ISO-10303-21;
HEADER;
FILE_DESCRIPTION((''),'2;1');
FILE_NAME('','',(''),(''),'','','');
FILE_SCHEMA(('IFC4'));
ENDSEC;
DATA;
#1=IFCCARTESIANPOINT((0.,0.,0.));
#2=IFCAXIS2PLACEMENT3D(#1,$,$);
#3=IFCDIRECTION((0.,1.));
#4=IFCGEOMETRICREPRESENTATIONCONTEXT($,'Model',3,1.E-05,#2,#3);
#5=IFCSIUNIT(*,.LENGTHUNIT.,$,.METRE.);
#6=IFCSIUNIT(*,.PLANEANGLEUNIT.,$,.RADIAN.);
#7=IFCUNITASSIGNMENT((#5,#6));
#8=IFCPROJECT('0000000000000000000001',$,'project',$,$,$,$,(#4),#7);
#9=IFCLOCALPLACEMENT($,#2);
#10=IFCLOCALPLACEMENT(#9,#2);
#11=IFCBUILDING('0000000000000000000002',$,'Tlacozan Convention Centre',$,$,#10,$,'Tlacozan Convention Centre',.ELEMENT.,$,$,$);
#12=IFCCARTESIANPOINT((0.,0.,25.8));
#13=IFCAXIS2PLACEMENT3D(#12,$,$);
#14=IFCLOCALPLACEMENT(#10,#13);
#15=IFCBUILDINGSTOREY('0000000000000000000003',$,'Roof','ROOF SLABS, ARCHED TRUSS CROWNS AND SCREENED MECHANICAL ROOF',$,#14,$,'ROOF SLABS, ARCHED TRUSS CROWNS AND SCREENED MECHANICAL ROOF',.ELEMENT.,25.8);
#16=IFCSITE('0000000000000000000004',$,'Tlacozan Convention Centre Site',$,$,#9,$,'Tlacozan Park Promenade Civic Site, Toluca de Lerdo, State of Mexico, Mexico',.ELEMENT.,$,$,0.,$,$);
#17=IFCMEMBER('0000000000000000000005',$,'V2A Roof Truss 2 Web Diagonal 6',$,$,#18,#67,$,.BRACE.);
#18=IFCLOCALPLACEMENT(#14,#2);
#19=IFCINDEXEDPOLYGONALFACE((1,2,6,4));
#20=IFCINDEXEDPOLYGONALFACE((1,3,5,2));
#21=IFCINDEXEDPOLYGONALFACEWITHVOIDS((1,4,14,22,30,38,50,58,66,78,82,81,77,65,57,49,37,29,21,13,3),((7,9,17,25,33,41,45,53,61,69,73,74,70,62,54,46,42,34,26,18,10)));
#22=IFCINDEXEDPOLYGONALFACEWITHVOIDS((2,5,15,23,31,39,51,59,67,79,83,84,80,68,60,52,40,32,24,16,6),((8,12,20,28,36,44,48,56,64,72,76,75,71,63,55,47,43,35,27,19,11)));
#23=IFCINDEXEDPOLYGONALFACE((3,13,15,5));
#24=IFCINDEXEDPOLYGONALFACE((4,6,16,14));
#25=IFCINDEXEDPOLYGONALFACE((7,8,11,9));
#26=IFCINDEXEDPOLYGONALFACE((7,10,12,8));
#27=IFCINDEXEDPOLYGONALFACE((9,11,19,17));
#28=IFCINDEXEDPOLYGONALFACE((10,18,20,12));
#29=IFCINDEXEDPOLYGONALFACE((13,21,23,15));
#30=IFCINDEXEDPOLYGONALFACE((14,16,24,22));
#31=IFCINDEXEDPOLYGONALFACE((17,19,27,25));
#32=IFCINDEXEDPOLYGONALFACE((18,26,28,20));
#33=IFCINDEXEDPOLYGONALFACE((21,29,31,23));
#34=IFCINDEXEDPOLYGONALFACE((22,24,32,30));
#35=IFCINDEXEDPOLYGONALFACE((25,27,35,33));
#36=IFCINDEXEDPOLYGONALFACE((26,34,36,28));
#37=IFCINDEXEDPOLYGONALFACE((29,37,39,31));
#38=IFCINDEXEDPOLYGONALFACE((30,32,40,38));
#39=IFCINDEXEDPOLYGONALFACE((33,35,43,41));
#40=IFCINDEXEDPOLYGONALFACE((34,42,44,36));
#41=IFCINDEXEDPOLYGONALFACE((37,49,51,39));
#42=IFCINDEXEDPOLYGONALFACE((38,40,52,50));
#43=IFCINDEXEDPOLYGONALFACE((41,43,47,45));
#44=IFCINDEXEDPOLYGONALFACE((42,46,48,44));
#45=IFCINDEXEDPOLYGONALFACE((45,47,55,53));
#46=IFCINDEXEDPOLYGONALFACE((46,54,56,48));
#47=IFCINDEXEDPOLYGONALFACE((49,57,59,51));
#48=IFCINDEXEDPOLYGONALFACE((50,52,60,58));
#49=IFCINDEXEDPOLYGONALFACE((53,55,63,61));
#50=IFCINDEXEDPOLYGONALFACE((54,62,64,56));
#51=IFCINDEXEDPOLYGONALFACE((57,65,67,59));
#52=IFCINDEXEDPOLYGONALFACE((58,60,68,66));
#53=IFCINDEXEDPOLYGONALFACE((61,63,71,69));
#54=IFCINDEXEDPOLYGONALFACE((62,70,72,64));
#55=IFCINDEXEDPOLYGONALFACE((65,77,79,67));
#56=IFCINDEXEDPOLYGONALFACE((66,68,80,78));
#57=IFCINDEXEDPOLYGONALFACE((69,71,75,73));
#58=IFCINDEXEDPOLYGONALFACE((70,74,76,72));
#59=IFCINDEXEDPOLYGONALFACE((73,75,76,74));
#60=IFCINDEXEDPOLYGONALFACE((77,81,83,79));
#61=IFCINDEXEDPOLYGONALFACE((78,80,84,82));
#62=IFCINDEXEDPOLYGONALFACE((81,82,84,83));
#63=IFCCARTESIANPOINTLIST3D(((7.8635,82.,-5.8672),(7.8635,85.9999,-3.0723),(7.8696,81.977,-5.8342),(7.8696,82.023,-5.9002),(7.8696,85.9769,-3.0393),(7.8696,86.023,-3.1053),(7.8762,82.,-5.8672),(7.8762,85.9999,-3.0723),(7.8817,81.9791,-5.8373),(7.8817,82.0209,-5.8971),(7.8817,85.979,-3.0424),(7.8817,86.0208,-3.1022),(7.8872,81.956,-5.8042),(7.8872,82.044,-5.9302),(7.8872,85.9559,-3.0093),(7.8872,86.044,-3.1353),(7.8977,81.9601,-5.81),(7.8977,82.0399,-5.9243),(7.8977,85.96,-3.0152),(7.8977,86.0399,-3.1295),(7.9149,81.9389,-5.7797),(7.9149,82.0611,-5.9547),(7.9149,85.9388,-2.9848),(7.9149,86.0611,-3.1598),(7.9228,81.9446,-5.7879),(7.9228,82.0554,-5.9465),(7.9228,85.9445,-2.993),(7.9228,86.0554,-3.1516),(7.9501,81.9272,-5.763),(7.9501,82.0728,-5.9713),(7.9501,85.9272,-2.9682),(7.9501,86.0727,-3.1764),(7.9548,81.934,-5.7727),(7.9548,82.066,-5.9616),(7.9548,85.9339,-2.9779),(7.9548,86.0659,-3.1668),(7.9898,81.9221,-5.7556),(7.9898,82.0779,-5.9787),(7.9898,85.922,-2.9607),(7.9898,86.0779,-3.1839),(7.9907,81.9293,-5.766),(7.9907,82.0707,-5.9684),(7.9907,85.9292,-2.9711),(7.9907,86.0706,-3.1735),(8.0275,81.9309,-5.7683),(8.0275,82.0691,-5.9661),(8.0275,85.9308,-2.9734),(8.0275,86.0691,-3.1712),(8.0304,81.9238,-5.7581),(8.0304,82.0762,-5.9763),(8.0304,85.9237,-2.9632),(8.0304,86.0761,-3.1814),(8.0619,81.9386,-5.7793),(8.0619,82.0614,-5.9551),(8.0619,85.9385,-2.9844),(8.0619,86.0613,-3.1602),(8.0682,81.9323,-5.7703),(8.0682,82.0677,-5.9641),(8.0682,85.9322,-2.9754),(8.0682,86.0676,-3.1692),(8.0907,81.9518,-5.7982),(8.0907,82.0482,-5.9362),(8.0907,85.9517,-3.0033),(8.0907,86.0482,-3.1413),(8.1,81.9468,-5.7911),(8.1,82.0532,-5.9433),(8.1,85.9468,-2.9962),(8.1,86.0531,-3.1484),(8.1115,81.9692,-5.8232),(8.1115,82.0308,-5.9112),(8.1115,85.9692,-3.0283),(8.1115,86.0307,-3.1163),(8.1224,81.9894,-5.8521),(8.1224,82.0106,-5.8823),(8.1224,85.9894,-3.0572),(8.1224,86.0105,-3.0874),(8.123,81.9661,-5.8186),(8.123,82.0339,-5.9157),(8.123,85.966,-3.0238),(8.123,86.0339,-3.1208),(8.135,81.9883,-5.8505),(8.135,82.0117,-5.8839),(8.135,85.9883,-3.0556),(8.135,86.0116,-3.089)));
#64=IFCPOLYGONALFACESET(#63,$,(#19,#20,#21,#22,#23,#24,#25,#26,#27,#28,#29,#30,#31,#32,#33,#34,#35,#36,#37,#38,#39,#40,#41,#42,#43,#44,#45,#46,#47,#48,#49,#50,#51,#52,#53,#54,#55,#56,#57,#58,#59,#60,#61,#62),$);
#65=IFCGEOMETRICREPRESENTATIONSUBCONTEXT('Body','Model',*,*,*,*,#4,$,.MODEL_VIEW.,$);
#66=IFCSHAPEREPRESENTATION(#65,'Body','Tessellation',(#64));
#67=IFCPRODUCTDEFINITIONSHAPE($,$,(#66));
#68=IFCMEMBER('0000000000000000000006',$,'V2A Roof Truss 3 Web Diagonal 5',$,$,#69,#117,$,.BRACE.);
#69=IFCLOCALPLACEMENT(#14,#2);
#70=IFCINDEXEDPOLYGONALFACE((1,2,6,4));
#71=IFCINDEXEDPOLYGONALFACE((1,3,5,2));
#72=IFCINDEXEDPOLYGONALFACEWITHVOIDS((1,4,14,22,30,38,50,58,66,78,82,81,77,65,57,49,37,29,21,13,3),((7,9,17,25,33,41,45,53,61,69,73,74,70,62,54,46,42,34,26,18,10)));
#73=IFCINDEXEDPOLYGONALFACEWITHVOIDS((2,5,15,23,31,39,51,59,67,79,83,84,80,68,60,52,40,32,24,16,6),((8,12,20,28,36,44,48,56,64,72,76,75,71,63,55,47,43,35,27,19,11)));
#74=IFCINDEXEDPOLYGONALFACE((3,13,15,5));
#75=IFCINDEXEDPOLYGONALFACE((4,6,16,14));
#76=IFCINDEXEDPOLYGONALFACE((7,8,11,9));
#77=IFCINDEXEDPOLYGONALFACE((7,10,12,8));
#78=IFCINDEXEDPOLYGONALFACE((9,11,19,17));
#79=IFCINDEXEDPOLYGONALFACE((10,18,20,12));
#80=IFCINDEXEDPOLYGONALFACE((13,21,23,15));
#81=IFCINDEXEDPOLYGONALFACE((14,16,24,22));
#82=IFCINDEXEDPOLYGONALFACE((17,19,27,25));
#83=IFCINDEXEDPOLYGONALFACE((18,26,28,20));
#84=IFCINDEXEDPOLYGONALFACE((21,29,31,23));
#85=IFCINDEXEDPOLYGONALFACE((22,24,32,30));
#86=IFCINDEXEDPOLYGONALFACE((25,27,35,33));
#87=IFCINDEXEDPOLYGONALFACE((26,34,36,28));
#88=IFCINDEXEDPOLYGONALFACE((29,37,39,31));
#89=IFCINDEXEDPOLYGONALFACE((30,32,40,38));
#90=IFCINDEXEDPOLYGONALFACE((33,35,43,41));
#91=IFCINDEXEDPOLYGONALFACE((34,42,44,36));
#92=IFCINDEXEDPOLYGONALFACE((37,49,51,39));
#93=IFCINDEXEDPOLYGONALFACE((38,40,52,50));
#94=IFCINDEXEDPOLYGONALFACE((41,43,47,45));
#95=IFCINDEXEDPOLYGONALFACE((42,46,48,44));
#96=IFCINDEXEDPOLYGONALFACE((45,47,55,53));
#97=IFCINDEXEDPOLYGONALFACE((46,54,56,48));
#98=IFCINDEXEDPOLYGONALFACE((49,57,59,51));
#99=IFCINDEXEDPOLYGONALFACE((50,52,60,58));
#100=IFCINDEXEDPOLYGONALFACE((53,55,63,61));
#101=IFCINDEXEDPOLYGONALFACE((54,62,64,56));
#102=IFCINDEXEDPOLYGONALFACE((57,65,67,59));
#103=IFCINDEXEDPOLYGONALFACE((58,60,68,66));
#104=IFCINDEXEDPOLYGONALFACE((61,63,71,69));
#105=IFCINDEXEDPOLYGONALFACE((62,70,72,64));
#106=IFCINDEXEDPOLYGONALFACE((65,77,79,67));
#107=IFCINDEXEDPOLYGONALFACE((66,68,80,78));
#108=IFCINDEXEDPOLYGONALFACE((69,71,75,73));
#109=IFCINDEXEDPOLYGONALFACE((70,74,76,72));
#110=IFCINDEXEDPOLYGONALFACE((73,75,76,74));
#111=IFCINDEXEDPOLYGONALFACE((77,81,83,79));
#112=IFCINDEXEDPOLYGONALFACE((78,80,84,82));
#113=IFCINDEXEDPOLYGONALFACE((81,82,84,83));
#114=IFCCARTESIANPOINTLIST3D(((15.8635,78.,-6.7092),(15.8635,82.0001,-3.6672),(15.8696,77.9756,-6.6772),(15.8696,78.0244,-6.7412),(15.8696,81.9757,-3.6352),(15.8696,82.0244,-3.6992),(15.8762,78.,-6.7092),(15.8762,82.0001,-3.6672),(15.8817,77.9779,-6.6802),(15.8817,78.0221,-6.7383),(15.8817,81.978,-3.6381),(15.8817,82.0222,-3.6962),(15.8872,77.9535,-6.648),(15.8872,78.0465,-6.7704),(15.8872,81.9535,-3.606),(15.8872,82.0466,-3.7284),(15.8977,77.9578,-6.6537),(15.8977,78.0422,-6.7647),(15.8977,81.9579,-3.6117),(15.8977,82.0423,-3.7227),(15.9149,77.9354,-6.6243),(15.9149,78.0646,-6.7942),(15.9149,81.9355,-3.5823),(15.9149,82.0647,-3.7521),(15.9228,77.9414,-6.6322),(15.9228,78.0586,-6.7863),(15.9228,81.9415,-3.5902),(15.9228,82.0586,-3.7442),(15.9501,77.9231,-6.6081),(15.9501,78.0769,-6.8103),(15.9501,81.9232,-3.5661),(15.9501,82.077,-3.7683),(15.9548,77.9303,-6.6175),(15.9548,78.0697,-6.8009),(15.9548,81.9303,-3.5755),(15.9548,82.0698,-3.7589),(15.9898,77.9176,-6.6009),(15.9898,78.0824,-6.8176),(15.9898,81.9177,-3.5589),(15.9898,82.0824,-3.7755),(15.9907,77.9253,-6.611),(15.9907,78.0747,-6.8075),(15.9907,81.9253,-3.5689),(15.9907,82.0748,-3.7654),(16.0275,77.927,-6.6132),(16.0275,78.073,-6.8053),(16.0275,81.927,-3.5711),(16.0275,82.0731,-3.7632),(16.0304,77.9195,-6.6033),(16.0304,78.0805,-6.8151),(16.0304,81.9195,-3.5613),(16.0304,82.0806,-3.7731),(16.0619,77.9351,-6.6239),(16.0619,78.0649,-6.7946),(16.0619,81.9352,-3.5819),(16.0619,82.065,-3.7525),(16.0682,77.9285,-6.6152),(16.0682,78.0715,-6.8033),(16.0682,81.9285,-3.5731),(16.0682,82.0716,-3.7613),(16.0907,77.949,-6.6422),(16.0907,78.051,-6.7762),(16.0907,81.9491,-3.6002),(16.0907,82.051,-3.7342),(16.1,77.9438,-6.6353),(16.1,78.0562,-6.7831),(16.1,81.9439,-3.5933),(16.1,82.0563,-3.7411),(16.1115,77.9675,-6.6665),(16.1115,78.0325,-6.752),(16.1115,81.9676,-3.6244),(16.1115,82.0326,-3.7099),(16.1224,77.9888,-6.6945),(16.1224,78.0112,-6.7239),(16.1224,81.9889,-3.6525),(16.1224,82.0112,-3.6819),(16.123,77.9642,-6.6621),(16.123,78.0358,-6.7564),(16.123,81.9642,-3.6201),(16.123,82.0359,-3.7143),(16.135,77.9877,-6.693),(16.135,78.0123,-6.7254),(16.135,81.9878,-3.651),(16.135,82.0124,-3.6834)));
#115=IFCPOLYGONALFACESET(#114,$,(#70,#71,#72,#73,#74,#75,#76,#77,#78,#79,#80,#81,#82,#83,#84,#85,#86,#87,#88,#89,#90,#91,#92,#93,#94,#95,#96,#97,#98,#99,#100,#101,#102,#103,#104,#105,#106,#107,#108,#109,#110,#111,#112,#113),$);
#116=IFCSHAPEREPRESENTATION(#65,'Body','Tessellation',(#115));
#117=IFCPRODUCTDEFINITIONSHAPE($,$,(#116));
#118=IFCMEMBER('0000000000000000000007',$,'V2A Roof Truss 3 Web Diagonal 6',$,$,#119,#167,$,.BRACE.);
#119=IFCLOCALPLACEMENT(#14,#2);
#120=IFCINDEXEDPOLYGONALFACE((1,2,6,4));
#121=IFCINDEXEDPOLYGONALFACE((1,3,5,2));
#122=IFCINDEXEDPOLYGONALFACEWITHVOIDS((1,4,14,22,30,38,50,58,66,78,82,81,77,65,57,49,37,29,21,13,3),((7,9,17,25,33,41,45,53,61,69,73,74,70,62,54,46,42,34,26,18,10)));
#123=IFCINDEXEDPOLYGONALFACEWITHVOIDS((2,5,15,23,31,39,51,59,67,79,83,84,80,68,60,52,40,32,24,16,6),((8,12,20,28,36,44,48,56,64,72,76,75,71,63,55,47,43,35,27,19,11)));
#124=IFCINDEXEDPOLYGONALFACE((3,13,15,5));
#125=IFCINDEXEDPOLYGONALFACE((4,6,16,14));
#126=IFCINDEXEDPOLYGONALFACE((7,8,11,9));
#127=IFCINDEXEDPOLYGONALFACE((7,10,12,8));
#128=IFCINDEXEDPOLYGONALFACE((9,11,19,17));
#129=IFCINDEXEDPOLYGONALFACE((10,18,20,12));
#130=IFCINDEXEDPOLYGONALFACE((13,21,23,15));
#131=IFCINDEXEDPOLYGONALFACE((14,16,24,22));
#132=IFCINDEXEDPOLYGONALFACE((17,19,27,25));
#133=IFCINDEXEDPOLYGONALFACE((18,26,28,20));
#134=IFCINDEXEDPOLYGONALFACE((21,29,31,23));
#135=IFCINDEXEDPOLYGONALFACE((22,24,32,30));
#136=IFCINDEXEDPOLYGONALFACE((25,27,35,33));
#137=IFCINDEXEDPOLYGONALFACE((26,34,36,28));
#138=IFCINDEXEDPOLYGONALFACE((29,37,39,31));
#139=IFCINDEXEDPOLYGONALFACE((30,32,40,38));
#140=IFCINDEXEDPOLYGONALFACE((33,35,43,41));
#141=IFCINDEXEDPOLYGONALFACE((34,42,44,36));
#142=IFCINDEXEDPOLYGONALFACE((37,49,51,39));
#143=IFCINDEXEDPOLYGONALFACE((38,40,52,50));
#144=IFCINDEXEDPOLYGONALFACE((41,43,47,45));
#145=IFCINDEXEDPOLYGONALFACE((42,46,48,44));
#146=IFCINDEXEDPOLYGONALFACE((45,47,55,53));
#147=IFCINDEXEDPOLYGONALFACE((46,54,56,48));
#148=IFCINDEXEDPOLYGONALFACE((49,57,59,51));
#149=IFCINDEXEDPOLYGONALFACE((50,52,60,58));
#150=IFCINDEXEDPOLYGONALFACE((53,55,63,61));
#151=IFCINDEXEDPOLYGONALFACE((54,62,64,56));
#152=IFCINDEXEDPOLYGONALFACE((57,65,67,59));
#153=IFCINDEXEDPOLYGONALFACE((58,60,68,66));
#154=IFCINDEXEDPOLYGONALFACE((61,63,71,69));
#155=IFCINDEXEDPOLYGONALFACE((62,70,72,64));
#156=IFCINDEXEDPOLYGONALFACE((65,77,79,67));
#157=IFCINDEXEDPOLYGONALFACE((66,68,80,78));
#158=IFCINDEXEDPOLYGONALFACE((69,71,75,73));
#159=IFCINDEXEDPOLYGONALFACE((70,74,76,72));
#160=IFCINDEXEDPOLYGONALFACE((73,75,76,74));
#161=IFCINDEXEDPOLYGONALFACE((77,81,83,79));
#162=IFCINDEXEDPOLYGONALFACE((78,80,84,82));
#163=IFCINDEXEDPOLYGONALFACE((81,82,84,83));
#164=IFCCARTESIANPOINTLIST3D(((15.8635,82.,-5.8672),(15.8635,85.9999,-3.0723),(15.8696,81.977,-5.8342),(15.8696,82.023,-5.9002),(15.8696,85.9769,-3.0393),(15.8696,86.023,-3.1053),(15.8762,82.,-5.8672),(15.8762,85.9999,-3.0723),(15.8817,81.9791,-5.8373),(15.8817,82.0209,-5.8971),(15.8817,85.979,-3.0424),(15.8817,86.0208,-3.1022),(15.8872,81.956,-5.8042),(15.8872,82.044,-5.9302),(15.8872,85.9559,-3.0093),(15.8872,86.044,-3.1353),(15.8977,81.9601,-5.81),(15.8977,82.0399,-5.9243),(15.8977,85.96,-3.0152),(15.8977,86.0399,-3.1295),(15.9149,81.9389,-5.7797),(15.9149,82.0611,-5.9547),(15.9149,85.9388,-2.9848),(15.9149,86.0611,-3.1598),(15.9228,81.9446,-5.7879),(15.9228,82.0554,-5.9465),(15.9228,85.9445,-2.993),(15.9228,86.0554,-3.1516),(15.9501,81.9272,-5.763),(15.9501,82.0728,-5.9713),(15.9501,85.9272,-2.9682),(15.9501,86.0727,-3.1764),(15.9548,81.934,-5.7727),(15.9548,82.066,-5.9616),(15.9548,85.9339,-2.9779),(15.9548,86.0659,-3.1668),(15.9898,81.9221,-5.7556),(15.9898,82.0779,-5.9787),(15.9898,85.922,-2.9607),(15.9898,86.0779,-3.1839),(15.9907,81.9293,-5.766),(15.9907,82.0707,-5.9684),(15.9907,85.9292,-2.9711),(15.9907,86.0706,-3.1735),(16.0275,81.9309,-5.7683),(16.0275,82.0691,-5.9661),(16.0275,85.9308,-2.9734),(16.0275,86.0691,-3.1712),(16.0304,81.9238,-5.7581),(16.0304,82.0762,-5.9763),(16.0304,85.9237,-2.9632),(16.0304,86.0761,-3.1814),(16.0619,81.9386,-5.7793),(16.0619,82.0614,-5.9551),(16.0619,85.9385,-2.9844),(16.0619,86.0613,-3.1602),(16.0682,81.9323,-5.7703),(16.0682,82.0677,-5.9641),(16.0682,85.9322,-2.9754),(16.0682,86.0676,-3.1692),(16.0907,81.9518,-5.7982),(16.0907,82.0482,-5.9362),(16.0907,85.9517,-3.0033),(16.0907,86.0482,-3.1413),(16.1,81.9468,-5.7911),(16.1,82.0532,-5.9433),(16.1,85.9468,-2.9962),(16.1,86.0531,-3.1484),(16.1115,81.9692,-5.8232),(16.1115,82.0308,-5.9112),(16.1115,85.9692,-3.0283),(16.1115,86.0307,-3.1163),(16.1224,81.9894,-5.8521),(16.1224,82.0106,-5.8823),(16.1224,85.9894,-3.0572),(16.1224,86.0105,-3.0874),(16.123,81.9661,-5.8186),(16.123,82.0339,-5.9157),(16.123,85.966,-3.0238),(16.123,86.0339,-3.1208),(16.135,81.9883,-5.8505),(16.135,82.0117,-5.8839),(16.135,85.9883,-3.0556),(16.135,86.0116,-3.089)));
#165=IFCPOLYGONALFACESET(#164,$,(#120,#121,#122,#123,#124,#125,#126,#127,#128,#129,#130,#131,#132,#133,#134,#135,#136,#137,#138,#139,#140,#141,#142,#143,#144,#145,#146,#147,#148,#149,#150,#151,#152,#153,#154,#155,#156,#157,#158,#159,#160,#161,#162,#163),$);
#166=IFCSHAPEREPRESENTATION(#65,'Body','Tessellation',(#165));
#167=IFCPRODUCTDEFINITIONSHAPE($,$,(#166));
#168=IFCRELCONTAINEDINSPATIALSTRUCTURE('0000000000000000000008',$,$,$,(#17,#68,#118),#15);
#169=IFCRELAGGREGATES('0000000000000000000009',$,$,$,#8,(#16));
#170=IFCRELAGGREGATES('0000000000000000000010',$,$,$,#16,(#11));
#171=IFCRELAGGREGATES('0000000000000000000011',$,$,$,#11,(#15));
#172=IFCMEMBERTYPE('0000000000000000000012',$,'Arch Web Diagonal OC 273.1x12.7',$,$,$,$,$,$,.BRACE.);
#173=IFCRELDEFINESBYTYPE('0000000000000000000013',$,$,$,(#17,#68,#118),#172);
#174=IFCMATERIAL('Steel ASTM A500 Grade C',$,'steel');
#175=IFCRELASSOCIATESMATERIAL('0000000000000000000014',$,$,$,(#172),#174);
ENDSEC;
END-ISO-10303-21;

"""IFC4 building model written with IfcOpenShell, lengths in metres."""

from ifc_helpers import new_model, si_unit, direction, frame, origin, origin_2d, place, context, subcontext, project, spatial, hollow_circle, extrude, material, material_profile, profile_set, type_object, element, save


model = new_model("IFC4")

# Units and contexts
model_context = context("Model", 3, precision=1e-05, world=origin(), true_north=direction((0.0, 1.0)))
body_context = subcontext(model_context, "Body", "Model", "MODEL_VIEW")
ifc_project = project(units=[si_unit("LENGTHUNIT", "METRE"), si_unit("PLANEANGLEUNIT", "RADIAN")], contexts=[model_context])

# Site, building, storey
site_placement = place(None, origin())
site = spatial("IfcSite", under=ifc_project, at=site_placement, Name="Tlacozan Convention Centre Site", LongName="Tlacozan Park Promenade Civic Site, Toluca de Lerdo, State of Mexico, Mexico", CompositionType="ELEMENT", RefElevation=0.0)
building_placement = place(site_placement, origin())
building = spatial("IfcBuilding", under=site, at=building_placement, Name="Tlacozan Convention Centre", LongName="Tlacozan Convention Centre", CompositionType="ELEMENT")
storey_placement = place(building_placement, frame((0.0, 0.0, 25.8)))
storey = spatial("IfcBuildingStorey", under=building, at=storey_placement, Name="Roof", Description="ROOF SLABS, ARCHED TRUSS CROWNS AND SCREENED MECHANICAL ROOF", LongName="ROOF SLABS, ARCHED TRUSS CROWNS AND SCREENED MECHANICAL ROOF", CompositionType="ELEMENT", Elevation=25.8)

# Members
ifc_material_1 = material(Name="Steel ASTM A500 Grade C", Category="steel")
ifc_material_profile_1 = material_profile(ifc_material_1, hollow_circle(Radius=0.1365, WallThickness=0.0127, at=origin_2d()), Name="OC 273.1x12.7")
ifc_profile_set_1 = profile_set([ifc_material_profile_1], Name="Steel ASTM A500 Grade C")
member_type_1 = type_object("IfcMemberType", Name="Arch Web Diagonal OC 273.1x12.7", PredefinedType="BRACE", material=ifc_profile_set_1)
member_1_placement = place(storey_placement, frame((8.0, 82.0, -5.8672), z_axis=(0.0, 0.819721, 0.572764), x_axis=(-1.0, 0.0, 0.0)))
element("IfcMember", 1, at=member_1_placement, inside=storey, type_object=member_type_1, Name="V2A Roof Truss 2 Web Diagonal 6", PredefinedType="BRACE", context=body_context, shape_type="SweptSolid", body=[
    extrude(hollow_circle(Radius=0.1365, WallThickness=0.0127, at=origin_2d()), origin(), (0.0, 0.0, 1.0), 4.8796),
])
member_2_placement = place(storey_placement, frame((16.0, 78.0, -6.7092), z_axis=(0.0, 0.795971, 0.605335), x_axis=(-1.0, 0.0, 0.0)))
element("IfcMember", 2, at=member_2_placement, inside=storey, type_object=member_type_1, Name="V2A Roof Truss 3 Web Diagonal 5", PredefinedType="BRACE", context=body_context, shape_type="SweptSolid", body=[
    extrude(hollow_circle(Radius=0.1365, WallThickness=0.0127, at=origin_2d()), origin(), (0.0, 0.0, 1.0), 5.0254),
])
member_3_placement = place(storey_placement, frame((16.0, 82.0, -5.8672), z_axis=(0.0, 0.819721, 0.572764), x_axis=(-1.0, 0.0, 0.0)))
element("IfcMember", 3, at=member_3_placement, inside=storey, type_object=member_type_1, Name="V2A Roof Truss 3 Web Diagonal 6", PredefinedType="BRACE", context=body_context, shape_type="SweptSolid", body=[
    extrude(hollow_circle(Radius=0.1365, WallThickness=0.0127, at=origin_2d()), origin(), (0.0, 0.0, 1.0), 4.8796),
])

save(model, "model.ifc")
